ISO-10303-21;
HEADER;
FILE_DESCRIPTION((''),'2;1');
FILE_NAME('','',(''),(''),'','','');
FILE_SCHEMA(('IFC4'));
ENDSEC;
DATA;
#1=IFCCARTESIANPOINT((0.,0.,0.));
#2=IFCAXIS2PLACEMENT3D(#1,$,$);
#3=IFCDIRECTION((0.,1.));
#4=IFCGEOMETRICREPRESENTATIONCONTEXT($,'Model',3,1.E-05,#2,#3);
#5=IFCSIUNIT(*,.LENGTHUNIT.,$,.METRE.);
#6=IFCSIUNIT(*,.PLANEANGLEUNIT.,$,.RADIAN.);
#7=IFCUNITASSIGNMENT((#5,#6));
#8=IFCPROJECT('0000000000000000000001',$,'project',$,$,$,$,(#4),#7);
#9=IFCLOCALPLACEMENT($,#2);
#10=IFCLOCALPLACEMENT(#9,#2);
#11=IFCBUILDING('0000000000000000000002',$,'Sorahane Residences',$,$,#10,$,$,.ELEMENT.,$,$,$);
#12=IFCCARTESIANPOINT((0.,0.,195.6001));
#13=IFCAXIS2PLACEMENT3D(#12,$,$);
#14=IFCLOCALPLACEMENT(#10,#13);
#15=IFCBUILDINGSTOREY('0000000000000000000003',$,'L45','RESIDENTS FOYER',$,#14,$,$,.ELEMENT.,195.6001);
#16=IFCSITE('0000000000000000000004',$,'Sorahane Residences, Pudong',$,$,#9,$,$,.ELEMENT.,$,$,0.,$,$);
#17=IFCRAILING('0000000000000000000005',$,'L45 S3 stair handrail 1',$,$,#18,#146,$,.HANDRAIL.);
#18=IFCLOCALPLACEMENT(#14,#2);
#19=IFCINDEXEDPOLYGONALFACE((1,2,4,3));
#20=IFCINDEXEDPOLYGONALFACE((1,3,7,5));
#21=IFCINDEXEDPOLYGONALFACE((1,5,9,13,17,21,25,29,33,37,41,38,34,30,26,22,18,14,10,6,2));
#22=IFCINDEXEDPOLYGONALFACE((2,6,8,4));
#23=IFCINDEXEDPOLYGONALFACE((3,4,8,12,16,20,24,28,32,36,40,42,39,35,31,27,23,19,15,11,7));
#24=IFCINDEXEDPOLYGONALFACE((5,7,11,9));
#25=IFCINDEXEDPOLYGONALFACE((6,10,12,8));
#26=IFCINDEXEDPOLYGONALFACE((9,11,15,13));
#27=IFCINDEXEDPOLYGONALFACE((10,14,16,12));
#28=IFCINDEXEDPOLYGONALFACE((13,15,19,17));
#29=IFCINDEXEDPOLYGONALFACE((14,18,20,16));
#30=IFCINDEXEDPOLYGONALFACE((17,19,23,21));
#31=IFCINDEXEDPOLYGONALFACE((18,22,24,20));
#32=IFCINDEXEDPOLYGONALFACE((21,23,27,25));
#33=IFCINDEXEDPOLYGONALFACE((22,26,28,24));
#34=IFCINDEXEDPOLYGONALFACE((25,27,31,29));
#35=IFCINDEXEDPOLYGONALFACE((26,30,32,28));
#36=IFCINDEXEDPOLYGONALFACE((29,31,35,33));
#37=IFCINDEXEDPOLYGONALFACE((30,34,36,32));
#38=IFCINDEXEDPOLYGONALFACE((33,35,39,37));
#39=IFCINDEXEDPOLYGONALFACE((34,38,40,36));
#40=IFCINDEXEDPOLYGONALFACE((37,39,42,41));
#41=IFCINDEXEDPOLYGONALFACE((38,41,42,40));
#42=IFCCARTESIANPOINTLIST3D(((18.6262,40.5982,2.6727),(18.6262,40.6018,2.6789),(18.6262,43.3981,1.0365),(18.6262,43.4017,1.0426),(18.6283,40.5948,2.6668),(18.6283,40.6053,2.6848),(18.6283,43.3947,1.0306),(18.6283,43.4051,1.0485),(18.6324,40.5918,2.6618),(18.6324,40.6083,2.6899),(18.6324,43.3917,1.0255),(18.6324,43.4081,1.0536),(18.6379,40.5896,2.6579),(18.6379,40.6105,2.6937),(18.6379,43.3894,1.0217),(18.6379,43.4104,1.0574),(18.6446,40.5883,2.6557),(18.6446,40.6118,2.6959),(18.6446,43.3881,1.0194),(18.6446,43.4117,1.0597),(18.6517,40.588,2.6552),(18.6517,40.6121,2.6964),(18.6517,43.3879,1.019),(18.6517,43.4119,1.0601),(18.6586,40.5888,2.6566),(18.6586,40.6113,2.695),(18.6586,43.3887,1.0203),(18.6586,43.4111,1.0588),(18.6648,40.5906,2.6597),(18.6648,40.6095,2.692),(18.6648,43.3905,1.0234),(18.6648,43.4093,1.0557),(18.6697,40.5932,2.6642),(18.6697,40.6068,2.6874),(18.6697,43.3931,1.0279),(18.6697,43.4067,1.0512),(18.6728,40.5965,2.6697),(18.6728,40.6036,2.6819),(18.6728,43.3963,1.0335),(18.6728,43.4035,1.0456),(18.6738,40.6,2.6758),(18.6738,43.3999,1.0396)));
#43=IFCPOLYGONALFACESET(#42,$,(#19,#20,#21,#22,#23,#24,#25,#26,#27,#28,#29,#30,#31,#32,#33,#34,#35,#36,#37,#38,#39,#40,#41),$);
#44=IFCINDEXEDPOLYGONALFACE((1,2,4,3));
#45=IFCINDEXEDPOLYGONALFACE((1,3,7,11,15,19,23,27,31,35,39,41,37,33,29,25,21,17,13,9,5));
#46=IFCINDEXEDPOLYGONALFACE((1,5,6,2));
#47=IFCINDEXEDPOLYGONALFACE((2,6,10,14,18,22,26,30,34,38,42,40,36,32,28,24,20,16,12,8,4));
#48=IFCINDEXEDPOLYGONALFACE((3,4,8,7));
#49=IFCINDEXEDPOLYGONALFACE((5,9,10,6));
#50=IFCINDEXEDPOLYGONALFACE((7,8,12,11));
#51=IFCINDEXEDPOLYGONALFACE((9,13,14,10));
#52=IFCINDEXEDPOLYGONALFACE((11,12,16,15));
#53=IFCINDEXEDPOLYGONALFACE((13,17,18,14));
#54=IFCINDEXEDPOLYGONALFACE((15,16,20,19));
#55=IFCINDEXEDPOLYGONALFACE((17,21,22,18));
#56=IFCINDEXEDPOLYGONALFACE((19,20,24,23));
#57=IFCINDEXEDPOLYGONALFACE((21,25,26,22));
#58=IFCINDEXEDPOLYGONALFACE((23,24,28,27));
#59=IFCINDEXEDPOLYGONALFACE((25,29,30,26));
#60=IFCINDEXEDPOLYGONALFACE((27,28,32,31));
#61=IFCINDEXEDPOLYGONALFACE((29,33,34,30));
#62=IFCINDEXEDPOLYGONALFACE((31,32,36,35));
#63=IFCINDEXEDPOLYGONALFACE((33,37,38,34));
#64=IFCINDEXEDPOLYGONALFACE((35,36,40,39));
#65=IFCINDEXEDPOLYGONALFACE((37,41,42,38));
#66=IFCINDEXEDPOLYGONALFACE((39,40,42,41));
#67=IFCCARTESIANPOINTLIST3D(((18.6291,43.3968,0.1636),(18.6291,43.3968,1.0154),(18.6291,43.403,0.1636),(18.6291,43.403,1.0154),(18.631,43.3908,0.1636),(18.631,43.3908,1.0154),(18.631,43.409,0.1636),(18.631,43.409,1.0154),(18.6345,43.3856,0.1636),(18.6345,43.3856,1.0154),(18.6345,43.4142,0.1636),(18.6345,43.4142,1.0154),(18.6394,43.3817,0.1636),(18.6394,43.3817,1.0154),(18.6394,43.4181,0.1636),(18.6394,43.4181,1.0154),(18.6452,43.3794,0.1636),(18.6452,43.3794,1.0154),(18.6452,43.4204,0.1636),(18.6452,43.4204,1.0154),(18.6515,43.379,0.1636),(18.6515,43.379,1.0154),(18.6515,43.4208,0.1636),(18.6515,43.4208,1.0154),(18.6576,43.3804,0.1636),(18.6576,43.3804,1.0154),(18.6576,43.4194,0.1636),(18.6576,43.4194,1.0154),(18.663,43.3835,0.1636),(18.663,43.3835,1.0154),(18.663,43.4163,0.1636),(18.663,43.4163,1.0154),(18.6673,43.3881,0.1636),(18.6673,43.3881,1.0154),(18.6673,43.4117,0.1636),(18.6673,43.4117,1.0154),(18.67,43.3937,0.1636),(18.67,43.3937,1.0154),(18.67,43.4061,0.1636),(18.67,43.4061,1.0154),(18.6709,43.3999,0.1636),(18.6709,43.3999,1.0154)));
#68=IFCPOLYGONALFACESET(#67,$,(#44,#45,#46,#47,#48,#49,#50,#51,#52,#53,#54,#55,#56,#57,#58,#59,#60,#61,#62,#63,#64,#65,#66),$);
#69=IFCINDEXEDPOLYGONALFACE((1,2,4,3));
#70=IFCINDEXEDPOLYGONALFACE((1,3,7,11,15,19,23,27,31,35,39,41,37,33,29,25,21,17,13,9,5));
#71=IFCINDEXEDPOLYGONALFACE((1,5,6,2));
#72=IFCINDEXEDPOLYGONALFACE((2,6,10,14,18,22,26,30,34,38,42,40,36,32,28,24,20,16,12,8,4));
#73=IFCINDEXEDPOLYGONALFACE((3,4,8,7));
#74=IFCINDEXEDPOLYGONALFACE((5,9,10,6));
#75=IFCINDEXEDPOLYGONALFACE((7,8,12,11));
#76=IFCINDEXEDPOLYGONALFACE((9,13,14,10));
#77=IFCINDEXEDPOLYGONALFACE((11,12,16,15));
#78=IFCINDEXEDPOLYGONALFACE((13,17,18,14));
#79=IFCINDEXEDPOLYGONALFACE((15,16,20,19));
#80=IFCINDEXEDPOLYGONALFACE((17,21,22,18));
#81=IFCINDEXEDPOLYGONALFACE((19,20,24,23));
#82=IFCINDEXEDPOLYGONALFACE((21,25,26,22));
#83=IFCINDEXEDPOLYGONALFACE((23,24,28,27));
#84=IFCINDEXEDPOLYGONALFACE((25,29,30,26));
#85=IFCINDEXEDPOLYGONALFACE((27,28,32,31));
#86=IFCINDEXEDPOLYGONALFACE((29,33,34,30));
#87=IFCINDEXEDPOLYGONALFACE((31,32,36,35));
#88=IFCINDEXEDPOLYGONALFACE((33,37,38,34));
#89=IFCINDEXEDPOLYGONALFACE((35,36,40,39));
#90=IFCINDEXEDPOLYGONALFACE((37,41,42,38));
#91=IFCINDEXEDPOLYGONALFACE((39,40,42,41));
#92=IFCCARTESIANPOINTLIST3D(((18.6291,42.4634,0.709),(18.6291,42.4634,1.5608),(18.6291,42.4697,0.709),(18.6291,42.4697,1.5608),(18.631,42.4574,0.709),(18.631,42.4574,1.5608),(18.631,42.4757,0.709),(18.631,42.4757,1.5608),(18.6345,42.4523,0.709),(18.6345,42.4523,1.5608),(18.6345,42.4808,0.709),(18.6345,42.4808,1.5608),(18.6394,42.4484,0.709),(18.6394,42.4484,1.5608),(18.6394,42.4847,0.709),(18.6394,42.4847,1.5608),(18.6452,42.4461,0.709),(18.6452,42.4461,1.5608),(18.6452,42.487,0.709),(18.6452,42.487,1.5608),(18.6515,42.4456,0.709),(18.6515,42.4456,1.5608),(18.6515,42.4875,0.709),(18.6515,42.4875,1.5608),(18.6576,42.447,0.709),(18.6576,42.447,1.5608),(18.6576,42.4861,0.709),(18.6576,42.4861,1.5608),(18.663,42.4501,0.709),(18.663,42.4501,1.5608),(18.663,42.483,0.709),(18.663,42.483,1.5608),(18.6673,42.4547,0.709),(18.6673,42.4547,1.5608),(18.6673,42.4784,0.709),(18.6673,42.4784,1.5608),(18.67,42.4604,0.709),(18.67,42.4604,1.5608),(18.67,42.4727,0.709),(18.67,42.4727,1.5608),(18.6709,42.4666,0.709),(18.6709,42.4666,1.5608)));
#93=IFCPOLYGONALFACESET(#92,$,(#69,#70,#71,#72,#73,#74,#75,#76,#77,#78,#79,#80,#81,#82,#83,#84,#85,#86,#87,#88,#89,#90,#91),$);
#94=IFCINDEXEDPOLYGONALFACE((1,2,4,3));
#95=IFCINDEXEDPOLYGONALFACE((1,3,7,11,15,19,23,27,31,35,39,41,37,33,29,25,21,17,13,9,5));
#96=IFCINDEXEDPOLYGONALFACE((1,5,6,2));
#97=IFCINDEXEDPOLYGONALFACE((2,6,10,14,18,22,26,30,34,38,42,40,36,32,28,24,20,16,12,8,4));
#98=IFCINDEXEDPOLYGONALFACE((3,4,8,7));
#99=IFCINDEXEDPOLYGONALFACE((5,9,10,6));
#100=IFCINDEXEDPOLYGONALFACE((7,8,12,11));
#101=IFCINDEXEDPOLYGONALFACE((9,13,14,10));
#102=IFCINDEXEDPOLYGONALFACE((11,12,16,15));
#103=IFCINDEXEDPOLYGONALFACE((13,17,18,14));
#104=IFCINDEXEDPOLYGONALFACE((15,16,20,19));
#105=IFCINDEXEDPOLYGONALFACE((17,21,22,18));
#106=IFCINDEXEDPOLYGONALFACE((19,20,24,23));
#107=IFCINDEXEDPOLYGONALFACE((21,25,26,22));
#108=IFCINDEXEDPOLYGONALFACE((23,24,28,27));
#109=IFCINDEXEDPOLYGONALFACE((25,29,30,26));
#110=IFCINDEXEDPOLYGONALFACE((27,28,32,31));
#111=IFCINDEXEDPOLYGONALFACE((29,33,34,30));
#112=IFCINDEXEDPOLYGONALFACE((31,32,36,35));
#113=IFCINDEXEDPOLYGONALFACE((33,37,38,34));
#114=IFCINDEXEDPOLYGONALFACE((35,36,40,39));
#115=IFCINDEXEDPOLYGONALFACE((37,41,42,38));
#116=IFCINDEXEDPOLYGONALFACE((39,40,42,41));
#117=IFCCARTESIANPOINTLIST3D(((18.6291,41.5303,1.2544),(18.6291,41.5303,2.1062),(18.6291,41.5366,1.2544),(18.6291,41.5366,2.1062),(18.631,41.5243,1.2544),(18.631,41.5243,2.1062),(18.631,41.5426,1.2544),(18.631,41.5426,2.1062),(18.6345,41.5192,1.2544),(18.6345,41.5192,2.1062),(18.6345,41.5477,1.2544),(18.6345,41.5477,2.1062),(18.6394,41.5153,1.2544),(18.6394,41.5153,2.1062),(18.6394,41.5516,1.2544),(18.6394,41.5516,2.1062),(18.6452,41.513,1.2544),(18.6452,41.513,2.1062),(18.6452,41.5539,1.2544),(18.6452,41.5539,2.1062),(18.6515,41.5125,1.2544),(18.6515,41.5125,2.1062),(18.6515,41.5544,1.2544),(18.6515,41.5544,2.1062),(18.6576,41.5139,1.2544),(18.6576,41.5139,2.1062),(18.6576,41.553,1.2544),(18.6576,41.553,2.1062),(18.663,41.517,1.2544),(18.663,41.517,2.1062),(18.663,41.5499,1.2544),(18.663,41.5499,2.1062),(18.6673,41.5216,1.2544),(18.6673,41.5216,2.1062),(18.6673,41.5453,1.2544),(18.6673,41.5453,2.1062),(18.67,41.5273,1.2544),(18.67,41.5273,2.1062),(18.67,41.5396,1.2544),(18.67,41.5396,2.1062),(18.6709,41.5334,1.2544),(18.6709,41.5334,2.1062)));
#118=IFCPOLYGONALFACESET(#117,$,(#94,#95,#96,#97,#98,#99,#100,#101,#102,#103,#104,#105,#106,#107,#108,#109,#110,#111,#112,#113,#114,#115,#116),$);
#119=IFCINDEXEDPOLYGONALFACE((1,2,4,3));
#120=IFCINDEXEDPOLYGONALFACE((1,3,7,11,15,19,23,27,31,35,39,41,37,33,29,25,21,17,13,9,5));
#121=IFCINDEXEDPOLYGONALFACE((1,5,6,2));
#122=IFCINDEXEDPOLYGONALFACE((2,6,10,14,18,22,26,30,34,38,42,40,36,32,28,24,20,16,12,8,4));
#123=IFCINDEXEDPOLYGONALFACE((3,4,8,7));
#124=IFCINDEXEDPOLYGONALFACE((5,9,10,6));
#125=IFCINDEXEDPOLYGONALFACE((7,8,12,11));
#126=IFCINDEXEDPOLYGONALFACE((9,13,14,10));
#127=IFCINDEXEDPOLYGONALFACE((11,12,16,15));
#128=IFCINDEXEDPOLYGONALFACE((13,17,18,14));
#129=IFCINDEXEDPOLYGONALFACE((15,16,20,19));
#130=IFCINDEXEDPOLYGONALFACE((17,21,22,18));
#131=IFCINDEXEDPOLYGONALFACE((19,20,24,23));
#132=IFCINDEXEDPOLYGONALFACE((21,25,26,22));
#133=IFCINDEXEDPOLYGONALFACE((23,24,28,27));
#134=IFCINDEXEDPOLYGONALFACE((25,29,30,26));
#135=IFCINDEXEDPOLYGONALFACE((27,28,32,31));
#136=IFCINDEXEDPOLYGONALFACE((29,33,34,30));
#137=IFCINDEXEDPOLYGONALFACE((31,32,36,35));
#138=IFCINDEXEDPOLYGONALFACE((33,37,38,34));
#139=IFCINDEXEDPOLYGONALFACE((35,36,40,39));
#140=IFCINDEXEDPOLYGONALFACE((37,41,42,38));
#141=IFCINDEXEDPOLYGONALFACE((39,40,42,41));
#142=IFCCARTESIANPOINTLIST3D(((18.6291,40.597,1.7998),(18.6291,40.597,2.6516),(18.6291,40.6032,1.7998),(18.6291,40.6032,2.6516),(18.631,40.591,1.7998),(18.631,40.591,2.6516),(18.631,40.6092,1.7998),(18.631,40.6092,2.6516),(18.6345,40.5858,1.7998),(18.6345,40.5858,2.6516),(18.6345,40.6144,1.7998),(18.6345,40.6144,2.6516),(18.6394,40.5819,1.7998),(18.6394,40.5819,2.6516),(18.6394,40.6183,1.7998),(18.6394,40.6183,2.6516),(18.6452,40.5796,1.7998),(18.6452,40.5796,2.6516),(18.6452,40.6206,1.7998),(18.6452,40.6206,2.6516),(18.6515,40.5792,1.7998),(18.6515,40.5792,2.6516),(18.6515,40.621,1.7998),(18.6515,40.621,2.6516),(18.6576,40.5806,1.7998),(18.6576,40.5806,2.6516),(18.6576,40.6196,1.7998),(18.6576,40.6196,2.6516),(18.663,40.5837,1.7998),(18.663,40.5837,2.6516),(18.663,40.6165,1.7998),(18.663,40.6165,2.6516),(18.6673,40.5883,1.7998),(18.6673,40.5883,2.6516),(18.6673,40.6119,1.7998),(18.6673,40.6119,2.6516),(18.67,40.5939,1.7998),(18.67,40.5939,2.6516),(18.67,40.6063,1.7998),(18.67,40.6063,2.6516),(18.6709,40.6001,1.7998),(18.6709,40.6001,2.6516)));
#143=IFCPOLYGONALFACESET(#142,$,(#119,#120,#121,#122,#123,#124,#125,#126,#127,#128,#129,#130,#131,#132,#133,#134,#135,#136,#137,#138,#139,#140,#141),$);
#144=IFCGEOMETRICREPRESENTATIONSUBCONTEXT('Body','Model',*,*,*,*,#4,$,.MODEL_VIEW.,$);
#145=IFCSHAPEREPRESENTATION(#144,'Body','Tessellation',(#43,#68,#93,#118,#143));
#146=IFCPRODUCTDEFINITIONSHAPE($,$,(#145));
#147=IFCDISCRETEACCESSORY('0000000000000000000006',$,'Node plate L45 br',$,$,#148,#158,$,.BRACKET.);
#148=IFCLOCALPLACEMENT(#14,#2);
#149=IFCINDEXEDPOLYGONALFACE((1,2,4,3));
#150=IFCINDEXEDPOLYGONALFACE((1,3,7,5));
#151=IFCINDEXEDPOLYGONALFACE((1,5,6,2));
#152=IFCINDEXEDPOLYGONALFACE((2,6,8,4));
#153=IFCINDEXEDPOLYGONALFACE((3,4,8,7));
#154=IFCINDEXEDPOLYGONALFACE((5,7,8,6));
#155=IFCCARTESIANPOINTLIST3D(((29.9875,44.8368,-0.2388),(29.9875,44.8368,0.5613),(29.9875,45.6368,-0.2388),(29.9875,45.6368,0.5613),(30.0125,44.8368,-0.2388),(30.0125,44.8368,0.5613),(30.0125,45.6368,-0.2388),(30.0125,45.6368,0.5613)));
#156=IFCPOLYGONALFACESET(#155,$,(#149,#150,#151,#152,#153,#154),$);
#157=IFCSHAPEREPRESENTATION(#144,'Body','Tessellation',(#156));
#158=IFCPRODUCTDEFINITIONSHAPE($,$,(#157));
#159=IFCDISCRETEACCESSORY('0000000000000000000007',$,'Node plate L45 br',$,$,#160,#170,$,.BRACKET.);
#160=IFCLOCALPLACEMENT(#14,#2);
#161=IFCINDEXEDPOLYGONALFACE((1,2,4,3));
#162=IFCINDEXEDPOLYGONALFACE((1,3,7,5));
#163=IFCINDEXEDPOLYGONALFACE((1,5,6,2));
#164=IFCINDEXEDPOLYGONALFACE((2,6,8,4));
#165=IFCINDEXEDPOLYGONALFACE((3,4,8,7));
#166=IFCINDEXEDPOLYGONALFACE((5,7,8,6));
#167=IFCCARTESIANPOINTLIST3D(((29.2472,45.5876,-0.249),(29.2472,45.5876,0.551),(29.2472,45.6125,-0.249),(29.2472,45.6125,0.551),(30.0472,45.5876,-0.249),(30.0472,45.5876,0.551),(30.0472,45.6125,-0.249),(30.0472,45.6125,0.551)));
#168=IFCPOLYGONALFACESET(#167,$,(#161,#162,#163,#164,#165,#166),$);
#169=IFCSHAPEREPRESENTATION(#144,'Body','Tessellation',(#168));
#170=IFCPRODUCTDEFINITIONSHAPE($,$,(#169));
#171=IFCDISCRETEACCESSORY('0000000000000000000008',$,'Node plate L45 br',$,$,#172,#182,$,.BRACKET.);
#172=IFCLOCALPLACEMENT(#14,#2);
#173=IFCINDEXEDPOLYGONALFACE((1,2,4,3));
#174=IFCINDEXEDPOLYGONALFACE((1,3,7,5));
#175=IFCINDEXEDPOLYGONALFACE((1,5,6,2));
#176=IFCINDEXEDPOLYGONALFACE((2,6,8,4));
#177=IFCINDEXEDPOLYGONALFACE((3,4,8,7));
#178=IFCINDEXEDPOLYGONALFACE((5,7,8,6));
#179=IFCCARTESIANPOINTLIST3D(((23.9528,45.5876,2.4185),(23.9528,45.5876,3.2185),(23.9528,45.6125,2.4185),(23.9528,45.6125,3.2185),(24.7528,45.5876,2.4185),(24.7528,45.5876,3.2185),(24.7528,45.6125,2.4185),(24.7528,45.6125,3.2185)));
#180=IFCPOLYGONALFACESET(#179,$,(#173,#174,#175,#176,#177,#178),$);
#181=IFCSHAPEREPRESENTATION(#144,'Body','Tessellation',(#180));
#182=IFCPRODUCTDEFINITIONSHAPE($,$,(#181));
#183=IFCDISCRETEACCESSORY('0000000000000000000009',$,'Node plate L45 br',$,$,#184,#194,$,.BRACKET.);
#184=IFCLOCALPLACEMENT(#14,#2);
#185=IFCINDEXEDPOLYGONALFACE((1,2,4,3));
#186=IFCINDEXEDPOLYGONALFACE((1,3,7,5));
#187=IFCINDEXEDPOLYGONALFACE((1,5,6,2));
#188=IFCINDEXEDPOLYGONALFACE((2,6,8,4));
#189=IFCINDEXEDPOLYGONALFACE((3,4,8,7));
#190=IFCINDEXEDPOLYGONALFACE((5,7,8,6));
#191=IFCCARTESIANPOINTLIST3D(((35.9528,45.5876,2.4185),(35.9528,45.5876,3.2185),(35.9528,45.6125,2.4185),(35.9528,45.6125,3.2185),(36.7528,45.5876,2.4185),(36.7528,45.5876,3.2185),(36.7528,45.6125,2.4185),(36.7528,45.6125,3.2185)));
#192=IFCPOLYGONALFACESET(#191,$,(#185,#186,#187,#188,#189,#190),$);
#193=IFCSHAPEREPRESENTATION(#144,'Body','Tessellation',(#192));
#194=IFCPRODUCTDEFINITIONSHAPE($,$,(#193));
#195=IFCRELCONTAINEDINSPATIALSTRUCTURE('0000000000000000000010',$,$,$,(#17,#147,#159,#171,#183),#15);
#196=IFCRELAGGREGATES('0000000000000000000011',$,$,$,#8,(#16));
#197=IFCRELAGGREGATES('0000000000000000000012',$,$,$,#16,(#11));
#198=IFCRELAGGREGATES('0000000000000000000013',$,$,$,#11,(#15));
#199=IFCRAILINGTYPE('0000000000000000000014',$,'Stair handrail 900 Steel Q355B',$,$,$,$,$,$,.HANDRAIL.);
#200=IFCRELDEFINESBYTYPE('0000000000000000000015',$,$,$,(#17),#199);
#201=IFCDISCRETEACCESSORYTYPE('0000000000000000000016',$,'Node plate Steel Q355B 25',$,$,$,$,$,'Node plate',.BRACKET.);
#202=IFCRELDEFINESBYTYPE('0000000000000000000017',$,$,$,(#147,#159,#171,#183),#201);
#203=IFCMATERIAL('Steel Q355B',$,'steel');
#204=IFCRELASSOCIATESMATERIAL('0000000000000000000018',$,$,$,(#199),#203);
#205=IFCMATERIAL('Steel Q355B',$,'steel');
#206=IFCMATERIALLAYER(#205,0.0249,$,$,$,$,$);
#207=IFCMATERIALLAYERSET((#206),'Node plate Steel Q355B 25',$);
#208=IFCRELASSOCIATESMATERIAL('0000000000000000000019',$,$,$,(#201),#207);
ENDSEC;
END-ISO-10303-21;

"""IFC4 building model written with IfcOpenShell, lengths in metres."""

from ifc_helpers import new_model, si_unit, direction, frame, origin, origin_2d, place, context, subcontext, project, spatial, rectangle, circle, extrude, material, layer, layer_set, type_object, element, save


model = new_model("IFC4")

# Units and contexts
model_context = context("Model", 3, precision=1e-05, world=origin(), true_north=direction((0.0, 1.0)))
body_context = subcontext(model_context, "Body", "Model", "MODEL_VIEW")
ifc_project = project(units=[si_unit("LENGTHUNIT", "METRE"), si_unit("PLANEANGLEUNIT", "RADIAN")], contexts=[model_context])

# Site, building, storey
site_placement = place(None, origin())
site = spatial("IfcSite", under=ifc_project, at=site_placement, Name="Sorahane Residences, Pudong", CompositionType="ELEMENT", RefElevation=0.0)
building_placement = place(site_placement, origin())
building = spatial("IfcBuilding", under=site, at=building_placement, Name="Sorahane Residences", CompositionType="ELEMENT")
storey_placement = place(building_placement, frame((0.0, 0.0, 195.6001)))
storey = spatial("IfcBuildingStorey", under=building, at=storey_placement, Name="L45", Description="RESIDENTS FOYER", CompositionType="ELEMENT", Elevation=195.6001)

# Railing
ifc_material_1 = material(Name="Steel Q355B", Category="steel")
railing_type_1 = type_object("IfcRailingType", Name="Stair handrail 900 Steel Q355B", PredefinedType="HANDRAIL", material=ifc_material_1)
railing_1_placement = place(storey_placement, frame((18.6499, 43.3999, 0.1636)))
element("IfcRailing", 1, at=railing_1_placement, inside=storey, type_object=railing_type_1, Name="L45 S3 stair handrail 1", PredefinedType="HANDRAIL", context=body_context, shape_type="SweptSolid", body=[
    extrude(circle(Radius=0.0239, at=origin_2d()), frame((0.0, 0.0, 0.876), z_axis=(0.0, -0.863374, 0.504564), x_axis=(1.0, 0.0, 0.0)), (0.0, 0.0, 1.0), 3.2429),
    extrude(circle(Radius=0.021, at=origin_2d()), origin(), (0.0, 0.0, 1.0), 0.8518),
    extrude(circle(Radius=0.021, at=origin_2d()), frame((0.0, -0.9333, 0.5454)), (0.0, 0.0, 1.0), 0.8518),
    extrude(circle(Radius=0.021, at=origin_2d()), frame((0.0, -1.8665, 1.0908)), (0.0, 0.0, 1.0), 0.8518),
    extrude(circle(Radius=0.021, at=origin_2d()), frame((0.0, -2.7998, 1.6362)), (0.0, 0.0, 1.0), 0.8518),
])

# Discrete accessories
ifc_material_2 = material(Name="Steel Q355B", Category="steel")
ifc_layer_1 = layer(ifc_material_2, 0.0249)
ifc_layer_set_1 = layer_set([ifc_layer_1], Name="Node plate Steel Q355B 25")
discrete_accessory_type = type_object("IfcDiscreteAccessoryType", Name="Node plate Steel Q355B 25", ElementType="Node plate", PredefinedType="BRACKET", material=ifc_layer_set_1)
for number, where, z_axis, x_axis, name in (
    (2, (30.0, 45.2368, -0.2388), (0.0, 0.0, 1.0), (0.0, 1.0, 0.0), "Node plate L45 br"),
    (3, (29.6472, 45.6001, -0.249), (0.0, 0.0, 1.0), (1.0, 0.0, 0.0), "Node plate L45 br"),
    (4, (24.3528, 45.6001, 2.4185), (0.0, 0.0, 1.0), (1.0, 0.0, 0.0), "Node plate L45 br"),
    (5, (36.3528, 45.6001, 2.4185), (0.0, 0.0, 1.0), (1.0, 0.0, 0.0), "Node plate L45 br"),
):
    element("IfcDiscreteAccessory", number, at=place(storey_placement, frame(where, z_axis=z_axis, x_axis=x_axis)), inside=storey, type_object=discrete_accessory_type, Name=name, PredefinedType="BRACKET", context=body_context, shape_type="SweptSolid", body=[
        extrude(rectangle(XDim=0.8, YDim=0.0249, at=origin_2d()), origin(), (0.0, 0.0, 1.0), 0.8),
    ])

save(model, "model.ifc")
